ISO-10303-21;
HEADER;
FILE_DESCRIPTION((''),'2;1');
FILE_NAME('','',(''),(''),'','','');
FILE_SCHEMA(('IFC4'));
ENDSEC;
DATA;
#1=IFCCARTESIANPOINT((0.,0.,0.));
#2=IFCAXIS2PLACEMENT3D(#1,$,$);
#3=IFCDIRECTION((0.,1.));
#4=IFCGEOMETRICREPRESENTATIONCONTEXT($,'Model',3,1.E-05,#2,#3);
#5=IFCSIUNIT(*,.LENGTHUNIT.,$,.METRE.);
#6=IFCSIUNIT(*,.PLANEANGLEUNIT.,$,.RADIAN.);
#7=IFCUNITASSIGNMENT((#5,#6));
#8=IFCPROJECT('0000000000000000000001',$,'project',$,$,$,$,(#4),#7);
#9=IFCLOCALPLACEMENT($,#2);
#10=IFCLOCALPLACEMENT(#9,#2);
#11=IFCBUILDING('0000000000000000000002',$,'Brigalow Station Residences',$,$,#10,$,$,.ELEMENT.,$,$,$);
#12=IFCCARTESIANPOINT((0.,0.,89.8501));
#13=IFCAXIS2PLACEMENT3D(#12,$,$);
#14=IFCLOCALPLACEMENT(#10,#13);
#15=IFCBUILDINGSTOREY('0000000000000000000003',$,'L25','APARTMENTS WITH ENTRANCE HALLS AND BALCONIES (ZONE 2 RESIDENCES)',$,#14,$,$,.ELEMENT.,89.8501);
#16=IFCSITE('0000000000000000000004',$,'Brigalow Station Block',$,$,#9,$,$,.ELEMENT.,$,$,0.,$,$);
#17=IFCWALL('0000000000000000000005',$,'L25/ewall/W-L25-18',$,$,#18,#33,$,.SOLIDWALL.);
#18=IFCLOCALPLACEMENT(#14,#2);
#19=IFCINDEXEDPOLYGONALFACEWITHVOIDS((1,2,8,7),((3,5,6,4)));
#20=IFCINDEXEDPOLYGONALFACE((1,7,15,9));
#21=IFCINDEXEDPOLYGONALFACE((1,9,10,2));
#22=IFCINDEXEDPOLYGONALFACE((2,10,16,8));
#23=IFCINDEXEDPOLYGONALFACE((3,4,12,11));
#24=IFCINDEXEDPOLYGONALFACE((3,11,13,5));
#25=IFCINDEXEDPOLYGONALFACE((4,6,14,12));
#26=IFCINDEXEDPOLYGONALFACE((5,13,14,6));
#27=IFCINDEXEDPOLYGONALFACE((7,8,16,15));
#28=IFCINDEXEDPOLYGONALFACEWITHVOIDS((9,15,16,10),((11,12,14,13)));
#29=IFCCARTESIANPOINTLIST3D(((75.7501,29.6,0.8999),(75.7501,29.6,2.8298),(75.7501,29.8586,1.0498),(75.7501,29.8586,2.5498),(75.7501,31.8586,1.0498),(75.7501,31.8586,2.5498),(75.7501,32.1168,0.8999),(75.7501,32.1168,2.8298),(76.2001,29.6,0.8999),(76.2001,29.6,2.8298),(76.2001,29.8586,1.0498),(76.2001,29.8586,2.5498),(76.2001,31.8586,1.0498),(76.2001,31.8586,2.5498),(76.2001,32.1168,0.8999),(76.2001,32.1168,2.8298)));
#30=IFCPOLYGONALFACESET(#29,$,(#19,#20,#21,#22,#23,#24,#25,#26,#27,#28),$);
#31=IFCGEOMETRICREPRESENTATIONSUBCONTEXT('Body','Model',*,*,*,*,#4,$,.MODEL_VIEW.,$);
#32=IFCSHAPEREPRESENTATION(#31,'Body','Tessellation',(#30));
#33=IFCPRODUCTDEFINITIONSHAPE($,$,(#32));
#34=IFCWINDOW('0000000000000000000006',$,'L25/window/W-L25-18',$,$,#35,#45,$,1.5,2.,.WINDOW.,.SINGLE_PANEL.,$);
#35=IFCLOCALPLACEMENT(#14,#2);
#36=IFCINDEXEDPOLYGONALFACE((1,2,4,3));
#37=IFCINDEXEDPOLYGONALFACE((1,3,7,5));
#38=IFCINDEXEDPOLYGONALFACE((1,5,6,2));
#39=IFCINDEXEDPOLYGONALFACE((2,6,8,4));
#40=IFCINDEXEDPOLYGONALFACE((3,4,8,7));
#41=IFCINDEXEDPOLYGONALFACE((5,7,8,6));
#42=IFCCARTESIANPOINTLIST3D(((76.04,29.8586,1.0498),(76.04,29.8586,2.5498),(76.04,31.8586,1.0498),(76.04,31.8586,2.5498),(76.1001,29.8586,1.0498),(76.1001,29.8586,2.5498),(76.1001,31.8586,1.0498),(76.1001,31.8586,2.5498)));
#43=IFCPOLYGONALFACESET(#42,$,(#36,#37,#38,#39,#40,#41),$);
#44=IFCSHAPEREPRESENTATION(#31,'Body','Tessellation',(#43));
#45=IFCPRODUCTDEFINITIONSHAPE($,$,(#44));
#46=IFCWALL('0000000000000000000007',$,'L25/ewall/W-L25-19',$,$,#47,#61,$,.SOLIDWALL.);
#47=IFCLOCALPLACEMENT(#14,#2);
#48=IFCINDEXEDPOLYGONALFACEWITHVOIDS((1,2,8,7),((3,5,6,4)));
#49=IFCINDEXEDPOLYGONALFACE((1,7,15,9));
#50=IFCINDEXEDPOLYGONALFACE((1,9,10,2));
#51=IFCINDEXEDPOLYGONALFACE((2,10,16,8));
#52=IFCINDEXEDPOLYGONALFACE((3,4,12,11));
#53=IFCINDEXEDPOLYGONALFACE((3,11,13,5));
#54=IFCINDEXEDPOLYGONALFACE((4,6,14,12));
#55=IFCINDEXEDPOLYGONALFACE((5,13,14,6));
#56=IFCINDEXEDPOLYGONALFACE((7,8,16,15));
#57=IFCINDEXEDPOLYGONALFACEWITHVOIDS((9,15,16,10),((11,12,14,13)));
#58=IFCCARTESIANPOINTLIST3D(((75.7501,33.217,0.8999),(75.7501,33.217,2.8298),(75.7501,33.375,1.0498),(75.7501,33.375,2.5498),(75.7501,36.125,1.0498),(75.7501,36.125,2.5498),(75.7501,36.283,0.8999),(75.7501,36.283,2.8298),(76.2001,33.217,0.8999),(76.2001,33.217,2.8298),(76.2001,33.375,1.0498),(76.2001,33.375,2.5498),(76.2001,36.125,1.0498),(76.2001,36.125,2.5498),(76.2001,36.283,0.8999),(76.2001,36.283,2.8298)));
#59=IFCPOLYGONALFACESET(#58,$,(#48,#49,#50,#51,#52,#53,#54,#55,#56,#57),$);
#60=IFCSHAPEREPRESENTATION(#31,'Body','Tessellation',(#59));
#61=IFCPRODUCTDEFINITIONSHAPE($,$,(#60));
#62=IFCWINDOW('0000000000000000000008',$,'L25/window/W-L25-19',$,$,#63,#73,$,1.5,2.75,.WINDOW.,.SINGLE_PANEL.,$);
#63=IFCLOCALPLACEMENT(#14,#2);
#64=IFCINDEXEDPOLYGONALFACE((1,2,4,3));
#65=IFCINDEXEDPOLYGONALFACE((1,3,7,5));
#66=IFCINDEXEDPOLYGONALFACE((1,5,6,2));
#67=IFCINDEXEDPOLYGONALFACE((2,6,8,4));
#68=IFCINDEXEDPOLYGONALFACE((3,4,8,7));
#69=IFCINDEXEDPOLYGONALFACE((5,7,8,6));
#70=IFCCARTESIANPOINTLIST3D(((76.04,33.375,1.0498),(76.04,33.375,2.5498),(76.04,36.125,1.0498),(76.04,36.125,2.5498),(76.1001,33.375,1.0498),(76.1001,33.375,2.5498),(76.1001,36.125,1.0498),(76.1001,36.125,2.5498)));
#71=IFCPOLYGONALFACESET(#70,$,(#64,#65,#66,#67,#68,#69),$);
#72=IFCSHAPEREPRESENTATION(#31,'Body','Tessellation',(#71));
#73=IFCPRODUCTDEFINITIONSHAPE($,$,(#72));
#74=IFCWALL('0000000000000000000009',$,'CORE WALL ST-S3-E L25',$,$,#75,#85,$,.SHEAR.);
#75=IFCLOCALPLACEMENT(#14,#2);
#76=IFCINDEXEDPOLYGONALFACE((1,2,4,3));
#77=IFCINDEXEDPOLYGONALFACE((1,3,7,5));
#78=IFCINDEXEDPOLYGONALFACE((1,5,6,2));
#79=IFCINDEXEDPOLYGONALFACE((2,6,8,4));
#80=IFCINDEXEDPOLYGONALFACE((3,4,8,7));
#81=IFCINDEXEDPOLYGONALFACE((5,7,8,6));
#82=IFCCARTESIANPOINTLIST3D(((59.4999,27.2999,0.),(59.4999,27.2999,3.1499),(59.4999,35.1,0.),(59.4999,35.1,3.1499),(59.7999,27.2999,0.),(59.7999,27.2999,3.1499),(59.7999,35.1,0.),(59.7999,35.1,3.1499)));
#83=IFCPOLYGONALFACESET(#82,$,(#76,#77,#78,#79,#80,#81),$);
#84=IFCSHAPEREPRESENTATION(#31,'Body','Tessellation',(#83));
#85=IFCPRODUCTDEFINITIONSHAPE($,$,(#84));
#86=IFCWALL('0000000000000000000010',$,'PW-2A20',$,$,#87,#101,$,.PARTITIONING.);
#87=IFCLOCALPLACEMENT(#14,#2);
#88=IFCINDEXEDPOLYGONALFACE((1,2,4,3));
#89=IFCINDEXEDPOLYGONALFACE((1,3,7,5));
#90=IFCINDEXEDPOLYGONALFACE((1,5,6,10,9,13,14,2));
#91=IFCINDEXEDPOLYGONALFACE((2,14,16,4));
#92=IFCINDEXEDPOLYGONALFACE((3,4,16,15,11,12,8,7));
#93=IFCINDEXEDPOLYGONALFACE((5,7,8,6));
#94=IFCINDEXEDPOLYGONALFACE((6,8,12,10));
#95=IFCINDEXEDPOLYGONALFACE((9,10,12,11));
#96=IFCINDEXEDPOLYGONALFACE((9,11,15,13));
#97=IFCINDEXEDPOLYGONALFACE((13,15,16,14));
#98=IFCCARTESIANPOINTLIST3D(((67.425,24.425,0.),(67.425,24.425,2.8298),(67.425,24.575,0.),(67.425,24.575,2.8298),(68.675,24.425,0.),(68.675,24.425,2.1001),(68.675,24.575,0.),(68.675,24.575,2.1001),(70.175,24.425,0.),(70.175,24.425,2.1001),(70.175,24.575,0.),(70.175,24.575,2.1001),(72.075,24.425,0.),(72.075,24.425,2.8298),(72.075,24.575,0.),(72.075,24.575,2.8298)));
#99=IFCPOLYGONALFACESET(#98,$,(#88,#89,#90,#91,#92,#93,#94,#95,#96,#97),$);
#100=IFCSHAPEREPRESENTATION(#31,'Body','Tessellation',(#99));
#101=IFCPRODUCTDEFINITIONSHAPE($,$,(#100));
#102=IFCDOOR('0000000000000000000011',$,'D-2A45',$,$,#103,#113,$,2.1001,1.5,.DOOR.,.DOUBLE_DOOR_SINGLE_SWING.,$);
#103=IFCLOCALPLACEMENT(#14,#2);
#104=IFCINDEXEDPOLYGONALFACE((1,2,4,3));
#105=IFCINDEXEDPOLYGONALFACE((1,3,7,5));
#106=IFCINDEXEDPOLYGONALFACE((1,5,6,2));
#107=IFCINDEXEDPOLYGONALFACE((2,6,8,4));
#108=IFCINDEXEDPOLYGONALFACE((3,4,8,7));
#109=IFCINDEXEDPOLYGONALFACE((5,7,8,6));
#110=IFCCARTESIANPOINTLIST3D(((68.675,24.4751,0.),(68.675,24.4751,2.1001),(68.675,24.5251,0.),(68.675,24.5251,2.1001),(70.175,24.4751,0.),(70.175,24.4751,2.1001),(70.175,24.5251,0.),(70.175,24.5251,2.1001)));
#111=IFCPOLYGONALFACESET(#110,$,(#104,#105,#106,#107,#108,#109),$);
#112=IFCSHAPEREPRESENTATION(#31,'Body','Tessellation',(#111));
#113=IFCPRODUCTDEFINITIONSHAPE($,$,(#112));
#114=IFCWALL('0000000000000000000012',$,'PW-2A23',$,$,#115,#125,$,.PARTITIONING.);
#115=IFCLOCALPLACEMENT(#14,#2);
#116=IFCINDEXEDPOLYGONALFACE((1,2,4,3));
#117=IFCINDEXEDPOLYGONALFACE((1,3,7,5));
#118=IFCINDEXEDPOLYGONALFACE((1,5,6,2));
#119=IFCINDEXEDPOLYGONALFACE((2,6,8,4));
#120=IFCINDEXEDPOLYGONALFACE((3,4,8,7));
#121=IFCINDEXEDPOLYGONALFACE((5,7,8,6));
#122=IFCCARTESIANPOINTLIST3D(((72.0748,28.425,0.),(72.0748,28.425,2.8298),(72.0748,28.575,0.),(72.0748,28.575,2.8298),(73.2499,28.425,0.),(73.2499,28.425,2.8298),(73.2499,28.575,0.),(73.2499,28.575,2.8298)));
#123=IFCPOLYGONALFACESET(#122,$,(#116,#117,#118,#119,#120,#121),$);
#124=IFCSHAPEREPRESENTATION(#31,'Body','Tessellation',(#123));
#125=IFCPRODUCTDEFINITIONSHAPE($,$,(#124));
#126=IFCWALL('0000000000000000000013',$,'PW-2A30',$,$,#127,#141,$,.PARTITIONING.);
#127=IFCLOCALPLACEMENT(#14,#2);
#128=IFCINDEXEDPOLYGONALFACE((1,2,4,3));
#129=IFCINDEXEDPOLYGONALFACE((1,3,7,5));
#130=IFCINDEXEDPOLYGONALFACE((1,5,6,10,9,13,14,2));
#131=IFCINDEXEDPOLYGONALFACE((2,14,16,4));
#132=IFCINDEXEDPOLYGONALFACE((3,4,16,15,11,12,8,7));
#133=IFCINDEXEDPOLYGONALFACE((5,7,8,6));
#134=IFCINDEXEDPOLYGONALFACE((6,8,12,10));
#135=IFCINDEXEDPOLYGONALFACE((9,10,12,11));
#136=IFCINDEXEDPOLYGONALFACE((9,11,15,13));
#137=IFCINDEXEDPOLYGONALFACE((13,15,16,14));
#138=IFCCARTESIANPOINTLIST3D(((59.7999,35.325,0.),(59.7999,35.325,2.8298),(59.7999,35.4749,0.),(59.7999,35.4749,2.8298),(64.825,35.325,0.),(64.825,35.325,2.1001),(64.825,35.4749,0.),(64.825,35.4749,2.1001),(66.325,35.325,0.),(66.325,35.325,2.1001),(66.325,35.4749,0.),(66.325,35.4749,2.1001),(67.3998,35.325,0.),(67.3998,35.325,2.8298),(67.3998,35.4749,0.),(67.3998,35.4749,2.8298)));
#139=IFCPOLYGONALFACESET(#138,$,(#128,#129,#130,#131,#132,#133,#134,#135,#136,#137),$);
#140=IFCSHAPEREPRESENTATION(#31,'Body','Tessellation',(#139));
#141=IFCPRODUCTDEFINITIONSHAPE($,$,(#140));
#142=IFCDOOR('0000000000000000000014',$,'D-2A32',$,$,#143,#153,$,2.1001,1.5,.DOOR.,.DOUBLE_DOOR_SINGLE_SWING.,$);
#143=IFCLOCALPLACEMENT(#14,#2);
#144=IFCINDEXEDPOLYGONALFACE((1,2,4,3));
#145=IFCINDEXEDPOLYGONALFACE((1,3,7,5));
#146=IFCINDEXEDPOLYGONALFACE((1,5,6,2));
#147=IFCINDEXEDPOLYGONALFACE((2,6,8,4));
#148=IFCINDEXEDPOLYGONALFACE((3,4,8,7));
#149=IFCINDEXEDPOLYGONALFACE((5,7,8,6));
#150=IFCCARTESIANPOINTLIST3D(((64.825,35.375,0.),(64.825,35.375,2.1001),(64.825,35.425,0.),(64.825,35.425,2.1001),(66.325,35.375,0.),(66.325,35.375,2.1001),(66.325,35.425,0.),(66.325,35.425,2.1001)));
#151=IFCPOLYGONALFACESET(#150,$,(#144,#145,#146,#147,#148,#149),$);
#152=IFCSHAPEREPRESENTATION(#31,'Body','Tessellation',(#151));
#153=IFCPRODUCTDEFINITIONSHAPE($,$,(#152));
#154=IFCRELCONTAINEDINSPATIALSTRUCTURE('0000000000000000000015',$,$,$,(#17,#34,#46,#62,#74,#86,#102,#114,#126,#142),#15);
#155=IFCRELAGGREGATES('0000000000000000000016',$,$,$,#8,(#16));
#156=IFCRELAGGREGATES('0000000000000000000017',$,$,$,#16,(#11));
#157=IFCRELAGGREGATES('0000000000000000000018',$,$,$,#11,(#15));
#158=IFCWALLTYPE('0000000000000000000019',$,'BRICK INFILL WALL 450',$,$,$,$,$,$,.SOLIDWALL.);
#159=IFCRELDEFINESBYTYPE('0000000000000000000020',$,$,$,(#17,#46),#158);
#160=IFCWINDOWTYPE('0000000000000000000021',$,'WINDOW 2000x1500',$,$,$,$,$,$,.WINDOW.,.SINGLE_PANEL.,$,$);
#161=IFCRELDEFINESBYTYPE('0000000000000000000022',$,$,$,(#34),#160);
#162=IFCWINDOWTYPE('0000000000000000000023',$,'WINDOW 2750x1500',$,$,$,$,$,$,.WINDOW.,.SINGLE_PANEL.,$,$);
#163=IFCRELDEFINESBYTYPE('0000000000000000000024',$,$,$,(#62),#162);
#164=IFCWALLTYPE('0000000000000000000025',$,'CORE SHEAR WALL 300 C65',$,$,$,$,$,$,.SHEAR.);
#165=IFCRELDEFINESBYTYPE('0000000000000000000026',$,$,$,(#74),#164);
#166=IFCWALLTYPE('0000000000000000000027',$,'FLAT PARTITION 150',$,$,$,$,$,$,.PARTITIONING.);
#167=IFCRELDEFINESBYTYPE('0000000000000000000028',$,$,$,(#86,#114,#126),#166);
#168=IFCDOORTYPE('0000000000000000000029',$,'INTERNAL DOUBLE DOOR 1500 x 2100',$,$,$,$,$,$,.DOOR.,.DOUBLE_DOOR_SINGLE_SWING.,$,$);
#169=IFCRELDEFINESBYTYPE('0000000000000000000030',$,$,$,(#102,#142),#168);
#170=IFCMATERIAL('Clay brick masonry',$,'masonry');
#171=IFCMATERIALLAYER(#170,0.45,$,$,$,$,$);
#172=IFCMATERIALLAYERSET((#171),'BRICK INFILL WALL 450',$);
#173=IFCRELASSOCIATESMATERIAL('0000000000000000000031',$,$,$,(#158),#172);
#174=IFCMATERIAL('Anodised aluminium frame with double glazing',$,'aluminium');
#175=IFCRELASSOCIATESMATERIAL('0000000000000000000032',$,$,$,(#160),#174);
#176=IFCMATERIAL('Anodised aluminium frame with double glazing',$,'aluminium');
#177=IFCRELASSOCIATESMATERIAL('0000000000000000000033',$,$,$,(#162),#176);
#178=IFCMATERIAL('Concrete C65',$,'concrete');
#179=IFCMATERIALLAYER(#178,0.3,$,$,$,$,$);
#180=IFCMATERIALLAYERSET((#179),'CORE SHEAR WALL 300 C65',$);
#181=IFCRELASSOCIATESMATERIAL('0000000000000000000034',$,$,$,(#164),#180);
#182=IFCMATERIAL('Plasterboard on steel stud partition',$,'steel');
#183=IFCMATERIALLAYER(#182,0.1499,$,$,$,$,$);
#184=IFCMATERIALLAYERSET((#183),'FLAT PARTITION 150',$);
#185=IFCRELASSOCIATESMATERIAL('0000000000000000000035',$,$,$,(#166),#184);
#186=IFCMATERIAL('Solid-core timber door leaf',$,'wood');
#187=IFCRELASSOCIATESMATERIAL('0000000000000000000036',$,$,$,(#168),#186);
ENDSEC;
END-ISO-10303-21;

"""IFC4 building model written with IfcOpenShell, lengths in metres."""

from ifc_helpers import new_model, si_unit, direction, frame, frame_2d, origin, place, context, subcontext, project, spatial, rectangle, extrude, material, layer, layer_set, type_object, element, fill, save


model = new_model("IFC4")

# Units and contexts
model_context = context("Model", 3, precision=1e-05, world=origin(), true_north=direction((0.0, 1.0)))
body_context = subcontext(model_context, "Body", "Model", "MODEL_VIEW")
ifc_project = project(units=[si_unit("LENGTHUNIT", "METRE"), si_unit("PLANEANGLEUNIT", "RADIAN")], contexts=[model_context])

# Site, building, storey
site_placement = place(None, origin())
site = spatial("IfcSite", under=ifc_project, at=site_placement, Name="Brigalow Station Block", CompositionType="ELEMENT", RefElevation=0.0)
building_placement = place(site_placement, origin())
building = spatial("IfcBuilding", under=site, at=building_placement, Name="Brigalow Station Residences", CompositionType="ELEMENT")
storey_placement = place(building_placement, frame((0.0, 0.0, 89.8501)))
storey = spatial("IfcBuildingStorey", under=building, at=storey_placement, Name="L25", Description="APARTMENTS WITH ENTRANCE HALLS AND BALCONIES (ZONE 2 RESIDENCES)", CompositionType="ELEMENT", Elevation=89.8501)

# Shared definitions
ifc_material_1 = material(Name="Clay brick masonry", Category="masonry")
ifc_layer_1 = layer(ifc_material_1, 0.45)
ifc_layer_set_1 = layer_set([ifc_layer_1], Name="BRICK INFILL WALL 450")
wall_type_1 = type_object("IfcWallType", Name="BRICK INFILL WALL 450", PredefinedType="SOLIDWALL", material=ifc_layer_set_1)

# Walls, openings, windows
wall_1_placement = place(storey_placement, frame((75.9751, 29.6001, 0.8999), z_axis=(0.0, 0.0, 1.0), x_axis=(0.0, 1.0, 0.0)))
wall_1 = element("IfcWall", 1, at=wall_1_placement, inside=storey, type_object=wall_type_1, Name="L25/ewall/W-L25-18", PredefinedType="SOLIDWALL", context=body_context, shape_type="SweptSolid", body=[
    extrude(rectangle(XDim=2.5168, YDim=0.45, at=frame_2d((1.2583, 0.0))), origin(), (0.0, 0.0, 1.0), 1.9299),
])
opening_1_placement = place(wall_1_placement, frame((0.2585, 0.0, 0.1499)))
opening_1 = element("IfcOpeningElement", 2, at=opening_1_placement, cuts=wall_1, PredefinedType="OPENING", context=body_context, shape_type="SweptSolid", body=[
    extrude(rectangle(XDim=2.0, YDim=1.5, at=frame_2d((1.0, 0.75))), frame((0.0, 0.2349, 0.0), z_axis=(0.0, -1.0, 0.0), x_axis=(1.0, 0.0, 0.0)), (0.0, 0.0, 1.0), 0.47),
])
ifc_material_2 = material(Name="Anodised aluminium frame with double glazing", Category="aluminium")
window_type_1 = type_object("IfcWindowType", Name="WINDOW 2000x1500", PartitioningType="SINGLE_PANEL", PredefinedType="WINDOW", material=ifc_material_2)
window_1_placement = place(opening_1_placement, origin())
window_1 = element("IfcWindow", 3, at=window_1_placement, inside=storey, type_object=window_type_1, Name="L25/window/W-L25-18", OverallHeight=1.5, OverallWidth=2.0, PartitioningType="SINGLE_PANEL", PredefinedType="WINDOW", context=body_context, shape_type="SweptSolid", body=[
    extrude(rectangle(XDim=2.0, YDim=1.5, at=frame_2d((1.0, 0.75))), frame((0.0, -0.0649, 0.0), z_axis=(0.0, -1.0, 0.0), x_axis=(1.0, 0.0, 0.0)), (0.0, 0.0, 1.0), 0.0601),
])
fill(opening_1, window_1)
wall_2_placement = place(storey_placement, frame((75.9751, 33.217, 0.8999), z_axis=(0.0, 0.0, 1.0), x_axis=(0.0, 1.0, 0.0)))
wall_2 = element("IfcWall", 4, at=wall_2_placement, inside=storey, type_object=wall_type_1, Name="L25/ewall/W-L25-19", PredefinedType="SOLIDWALL", context=body_context, shape_type="SweptSolid", body=[
    extrude(rectangle(XDim=3.0659, YDim=0.45, at=frame_2d((1.533, 0.0))), origin(), (0.0, 0.0, 1.0), 1.9299),
])
opening_2_placement = place(wall_2_placement, frame((0.158, 0.0, 0.1499)))
opening_2 = element("IfcOpeningElement", 5, at=opening_2_placement, cuts=wall_2, PredefinedType="OPENING", context=body_context, shape_type="SweptSolid", body=[
    extrude(rectangle(XDim=2.75, YDim=1.5, at=frame_2d((1.375, 0.75))), frame((0.0, 0.2349, 0.0), z_axis=(0.0, -1.0, 0.0), x_axis=(1.0, 0.0, 0.0)), (0.0, 0.0, 1.0), 0.47),
])
ifc_material_3 = material(Name="Anodised aluminium frame with double glazing", Category="aluminium")
window_type_2 = type_object("IfcWindowType", Name="WINDOW 2750x1500", PartitioningType="SINGLE_PANEL", PredefinedType="WINDOW", material=ifc_material_3)
window_2_placement = place(opening_2_placement, origin())
window_2 = element("IfcWindow", 6, at=window_2_placement, inside=storey, type_object=window_type_2, Name="L25/window/W-L25-19", OverallHeight=1.5, OverallWidth=2.75, PartitioningType="SINGLE_PANEL", PredefinedType="WINDOW", context=body_context, shape_type="SweptSolid", body=[
    extrude(rectangle(XDim=2.75, YDim=1.5, at=frame_2d((1.375, 0.75))), frame((0.0, -0.0649, 0.0), z_axis=(0.0, -1.0, 0.0), x_axis=(1.0, 0.0, 0.0)), (0.0, 0.0, 1.0), 0.0601),
])
fill(opening_2, window_2)

# Wall
ifc_material_4 = material(Name="Concrete C65", Category="concrete")
ifc_layer_2 = layer(ifc_material_4, 0.3)
ifc_layer_set_2 = layer_set([ifc_layer_2], Name="CORE SHEAR WALL 300 C65")
wall_type_2 = type_object("IfcWallType", Name="CORE SHEAR WALL 300 C65", PredefinedType="SHEAR", material=ifc_layer_set_2)
wall_3_placement = place(storey_placement, frame((59.6499, 27.3, 0.0), z_axis=(0.0, 0.0, 1.0), x_axis=(0.0, 1.0, 0.0)))
element("IfcWall", 7, at=wall_3_placement, inside=storey, type_object=wall_type_2, Name="CORE WALL ST-S3-E L25", PredefinedType="SHEAR", context=body_context, shape_type="SweptSolid", body=[
    extrude(rectangle(XDim=7.8, YDim=0.3, at=frame_2d((3.8999, 0.0))), origin(), (0.0, 0.0, 1.0), 3.1499),
])

# Wall, opening, door
ifc_material_5 = material(Name="Plasterboard on steel stud partition", Category="steel")
ifc_layer_3 = layer(ifc_material_5, 0.1499)
ifc_layer_set_3 = layer_set([ifc_layer_3], Name="FLAT PARTITION 150")
wall_type_3 = type_object("IfcWallType", Name="FLAT PARTITION 150", PredefinedType="PARTITIONING", material=ifc_layer_set_3)
wall_4_placement = place(storey_placement, frame((67.425, 24.5, 0.0), z_axis=(0.0, 0.0, 1.0), x_axis=(1.0, 0.0, 0.0)))
wall_4 = element("IfcWall", 8, at=wall_4_placement, inside=storey, type_object=wall_type_3, Name="PW-2A20", PredefinedType="PARTITIONING", context=body_context, shape_type="SweptSolid", body=[
    extrude(rectangle(XDim=4.6499, YDim=0.1499, at=frame_2d((2.325, 0.0))), origin(), (0.0, 0.0, 1.0), 2.8298),
])
opening_3_placement = place(wall_4_placement, frame((1.25, 0.0, 0.0)))
opening_3 = element("IfcOpeningElement", 9, at=opening_3_placement, cuts=wall_4, PredefinedType="OPENING", context=body_context, shape_type="SweptSolid", body=[
    extrude(rectangle(XDim=1.5, YDim=2.1001, at=frame_2d((0.75, 1.05))), frame((0.0, 0.085, 0.0), z_axis=(0.0, -1.0, 0.0), x_axis=(1.0, 0.0, 0.0)), (0.0, 0.0, 1.0), 0.1699),
])
ifc_material_6 = material(Name="Solid-core timber door leaf", Category="wood")
door_type_1 = type_object("IfcDoorType", Name="INTERNAL DOUBLE DOOR 1500 x 2100", OperationType="DOUBLE_DOOR_SINGLE_SWING", PredefinedType="DOOR", material=ifc_material_6)
door_1_placement = place(opening_3_placement, frame((1.5, 0.0, 0.0), z_axis=(0.0, 0.0, 1.0), x_axis=(-1.0, 0.0, 0.0)))
door_1 = element("IfcDoor", 10, at=door_1_placement, inside=storey, type_object=door_type_1, Name="D-2A45", OperationType="DOUBLE_DOOR_SINGLE_SWING", OverallHeight=2.1001, OverallWidth=1.5, PredefinedType="DOOR", context=body_context, shape_type="SweptSolid", body=[
    extrude(rectangle(XDim=1.5, YDim=2.1001, at=frame_2d((0.75, 1.05))), frame((0.0, 0.0249, 0.0), z_axis=(0.0, -1.0, 0.0), x_axis=(1.0, 0.0, 0.0)), (0.0, 0.0, 1.0), 0.05),
])
fill(opening_3, door_1)

# Wall
wall_5_placement = place(storey_placement, frame((72.075, 28.5, 0.0), z_axis=(0.0, 0.0, 1.0), x_axis=(1.0, 0.0, 0.0)))
element("IfcWall", 11, at=wall_5_placement, inside=storey, type_object=wall_type_3, Name="PW-2A23", PredefinedType="PARTITIONING", context=body_context, shape_type="SweptSolid", body=[
    extrude(rectangle(XDim=1.175, YDim=0.1499, at=frame_2d((0.5874, 0.0))), origin(), (0.0, 0.0, 1.0), 2.8298),
])

# Wall, opening, door
wall_6_placement = place(storey_placement, frame((59.8, 35.3999, 0.0), z_axis=(0.0, 0.0, 1.0), x_axis=(1.0, 0.0, 0.0)))
wall_6 = element("IfcWall", 12, at=wall_6_placement, inside=storey, type_object=wall_type_3, Name="PW-2A30", PredefinedType="PARTITIONING", context=body_context, shape_type="SweptSolid", body=[
    extrude(rectangle(XDim=7.5999, YDim=0.1499, at=frame_2d((3.7998, 0.0))), origin(), (0.0, 0.0, 1.0), 2.8298),
])
opening_4_placement = place(wall_6_placement, frame((5.0249, 0.0, 0.0)))
opening_4 = element("IfcOpeningElement", 13, at=opening_4_placement, cuts=wall_6, PredefinedType="OPENING", context=body_context, shape_type="SweptSolid", body=[
    extrude(rectangle(XDim=1.5, YDim=2.1001, at=frame_2d((0.75, 1.05))), frame((0.0, 0.085, 0.0), z_axis=(0.0, -1.0, 0.0), x_axis=(1.0, 0.0, 0.0)), (0.0, 0.0, 1.0), 0.1699),
])
door_2_placement = place(opening_4_placement, frame((1.5, 0.0, 0.0), z_axis=(0.0, 0.0, 1.0), x_axis=(-1.0, 0.0, 0.0)))
door_2 = element("IfcDoor", 14, at=door_2_placement, inside=storey, type_object=door_type_1, Name="D-2A32", OperationType="DOUBLE_DOOR_SINGLE_SWING", OverallHeight=2.1001, OverallWidth=1.5, PredefinedType="DOOR", context=body_context, shape_type="SweptSolid", body=[
    extrude(rectangle(XDim=1.5, YDim=2.1001, at=frame_2d((0.75, 1.05))), frame((0.0, 0.0249, 0.0), z_axis=(0.0, -1.0, 0.0), x_axis=(1.0, 0.0, 0.0)), (0.0, 0.0, 1.0), 0.05),
])
fill(opening_4, door_2)

save(model, "model.ifc")
